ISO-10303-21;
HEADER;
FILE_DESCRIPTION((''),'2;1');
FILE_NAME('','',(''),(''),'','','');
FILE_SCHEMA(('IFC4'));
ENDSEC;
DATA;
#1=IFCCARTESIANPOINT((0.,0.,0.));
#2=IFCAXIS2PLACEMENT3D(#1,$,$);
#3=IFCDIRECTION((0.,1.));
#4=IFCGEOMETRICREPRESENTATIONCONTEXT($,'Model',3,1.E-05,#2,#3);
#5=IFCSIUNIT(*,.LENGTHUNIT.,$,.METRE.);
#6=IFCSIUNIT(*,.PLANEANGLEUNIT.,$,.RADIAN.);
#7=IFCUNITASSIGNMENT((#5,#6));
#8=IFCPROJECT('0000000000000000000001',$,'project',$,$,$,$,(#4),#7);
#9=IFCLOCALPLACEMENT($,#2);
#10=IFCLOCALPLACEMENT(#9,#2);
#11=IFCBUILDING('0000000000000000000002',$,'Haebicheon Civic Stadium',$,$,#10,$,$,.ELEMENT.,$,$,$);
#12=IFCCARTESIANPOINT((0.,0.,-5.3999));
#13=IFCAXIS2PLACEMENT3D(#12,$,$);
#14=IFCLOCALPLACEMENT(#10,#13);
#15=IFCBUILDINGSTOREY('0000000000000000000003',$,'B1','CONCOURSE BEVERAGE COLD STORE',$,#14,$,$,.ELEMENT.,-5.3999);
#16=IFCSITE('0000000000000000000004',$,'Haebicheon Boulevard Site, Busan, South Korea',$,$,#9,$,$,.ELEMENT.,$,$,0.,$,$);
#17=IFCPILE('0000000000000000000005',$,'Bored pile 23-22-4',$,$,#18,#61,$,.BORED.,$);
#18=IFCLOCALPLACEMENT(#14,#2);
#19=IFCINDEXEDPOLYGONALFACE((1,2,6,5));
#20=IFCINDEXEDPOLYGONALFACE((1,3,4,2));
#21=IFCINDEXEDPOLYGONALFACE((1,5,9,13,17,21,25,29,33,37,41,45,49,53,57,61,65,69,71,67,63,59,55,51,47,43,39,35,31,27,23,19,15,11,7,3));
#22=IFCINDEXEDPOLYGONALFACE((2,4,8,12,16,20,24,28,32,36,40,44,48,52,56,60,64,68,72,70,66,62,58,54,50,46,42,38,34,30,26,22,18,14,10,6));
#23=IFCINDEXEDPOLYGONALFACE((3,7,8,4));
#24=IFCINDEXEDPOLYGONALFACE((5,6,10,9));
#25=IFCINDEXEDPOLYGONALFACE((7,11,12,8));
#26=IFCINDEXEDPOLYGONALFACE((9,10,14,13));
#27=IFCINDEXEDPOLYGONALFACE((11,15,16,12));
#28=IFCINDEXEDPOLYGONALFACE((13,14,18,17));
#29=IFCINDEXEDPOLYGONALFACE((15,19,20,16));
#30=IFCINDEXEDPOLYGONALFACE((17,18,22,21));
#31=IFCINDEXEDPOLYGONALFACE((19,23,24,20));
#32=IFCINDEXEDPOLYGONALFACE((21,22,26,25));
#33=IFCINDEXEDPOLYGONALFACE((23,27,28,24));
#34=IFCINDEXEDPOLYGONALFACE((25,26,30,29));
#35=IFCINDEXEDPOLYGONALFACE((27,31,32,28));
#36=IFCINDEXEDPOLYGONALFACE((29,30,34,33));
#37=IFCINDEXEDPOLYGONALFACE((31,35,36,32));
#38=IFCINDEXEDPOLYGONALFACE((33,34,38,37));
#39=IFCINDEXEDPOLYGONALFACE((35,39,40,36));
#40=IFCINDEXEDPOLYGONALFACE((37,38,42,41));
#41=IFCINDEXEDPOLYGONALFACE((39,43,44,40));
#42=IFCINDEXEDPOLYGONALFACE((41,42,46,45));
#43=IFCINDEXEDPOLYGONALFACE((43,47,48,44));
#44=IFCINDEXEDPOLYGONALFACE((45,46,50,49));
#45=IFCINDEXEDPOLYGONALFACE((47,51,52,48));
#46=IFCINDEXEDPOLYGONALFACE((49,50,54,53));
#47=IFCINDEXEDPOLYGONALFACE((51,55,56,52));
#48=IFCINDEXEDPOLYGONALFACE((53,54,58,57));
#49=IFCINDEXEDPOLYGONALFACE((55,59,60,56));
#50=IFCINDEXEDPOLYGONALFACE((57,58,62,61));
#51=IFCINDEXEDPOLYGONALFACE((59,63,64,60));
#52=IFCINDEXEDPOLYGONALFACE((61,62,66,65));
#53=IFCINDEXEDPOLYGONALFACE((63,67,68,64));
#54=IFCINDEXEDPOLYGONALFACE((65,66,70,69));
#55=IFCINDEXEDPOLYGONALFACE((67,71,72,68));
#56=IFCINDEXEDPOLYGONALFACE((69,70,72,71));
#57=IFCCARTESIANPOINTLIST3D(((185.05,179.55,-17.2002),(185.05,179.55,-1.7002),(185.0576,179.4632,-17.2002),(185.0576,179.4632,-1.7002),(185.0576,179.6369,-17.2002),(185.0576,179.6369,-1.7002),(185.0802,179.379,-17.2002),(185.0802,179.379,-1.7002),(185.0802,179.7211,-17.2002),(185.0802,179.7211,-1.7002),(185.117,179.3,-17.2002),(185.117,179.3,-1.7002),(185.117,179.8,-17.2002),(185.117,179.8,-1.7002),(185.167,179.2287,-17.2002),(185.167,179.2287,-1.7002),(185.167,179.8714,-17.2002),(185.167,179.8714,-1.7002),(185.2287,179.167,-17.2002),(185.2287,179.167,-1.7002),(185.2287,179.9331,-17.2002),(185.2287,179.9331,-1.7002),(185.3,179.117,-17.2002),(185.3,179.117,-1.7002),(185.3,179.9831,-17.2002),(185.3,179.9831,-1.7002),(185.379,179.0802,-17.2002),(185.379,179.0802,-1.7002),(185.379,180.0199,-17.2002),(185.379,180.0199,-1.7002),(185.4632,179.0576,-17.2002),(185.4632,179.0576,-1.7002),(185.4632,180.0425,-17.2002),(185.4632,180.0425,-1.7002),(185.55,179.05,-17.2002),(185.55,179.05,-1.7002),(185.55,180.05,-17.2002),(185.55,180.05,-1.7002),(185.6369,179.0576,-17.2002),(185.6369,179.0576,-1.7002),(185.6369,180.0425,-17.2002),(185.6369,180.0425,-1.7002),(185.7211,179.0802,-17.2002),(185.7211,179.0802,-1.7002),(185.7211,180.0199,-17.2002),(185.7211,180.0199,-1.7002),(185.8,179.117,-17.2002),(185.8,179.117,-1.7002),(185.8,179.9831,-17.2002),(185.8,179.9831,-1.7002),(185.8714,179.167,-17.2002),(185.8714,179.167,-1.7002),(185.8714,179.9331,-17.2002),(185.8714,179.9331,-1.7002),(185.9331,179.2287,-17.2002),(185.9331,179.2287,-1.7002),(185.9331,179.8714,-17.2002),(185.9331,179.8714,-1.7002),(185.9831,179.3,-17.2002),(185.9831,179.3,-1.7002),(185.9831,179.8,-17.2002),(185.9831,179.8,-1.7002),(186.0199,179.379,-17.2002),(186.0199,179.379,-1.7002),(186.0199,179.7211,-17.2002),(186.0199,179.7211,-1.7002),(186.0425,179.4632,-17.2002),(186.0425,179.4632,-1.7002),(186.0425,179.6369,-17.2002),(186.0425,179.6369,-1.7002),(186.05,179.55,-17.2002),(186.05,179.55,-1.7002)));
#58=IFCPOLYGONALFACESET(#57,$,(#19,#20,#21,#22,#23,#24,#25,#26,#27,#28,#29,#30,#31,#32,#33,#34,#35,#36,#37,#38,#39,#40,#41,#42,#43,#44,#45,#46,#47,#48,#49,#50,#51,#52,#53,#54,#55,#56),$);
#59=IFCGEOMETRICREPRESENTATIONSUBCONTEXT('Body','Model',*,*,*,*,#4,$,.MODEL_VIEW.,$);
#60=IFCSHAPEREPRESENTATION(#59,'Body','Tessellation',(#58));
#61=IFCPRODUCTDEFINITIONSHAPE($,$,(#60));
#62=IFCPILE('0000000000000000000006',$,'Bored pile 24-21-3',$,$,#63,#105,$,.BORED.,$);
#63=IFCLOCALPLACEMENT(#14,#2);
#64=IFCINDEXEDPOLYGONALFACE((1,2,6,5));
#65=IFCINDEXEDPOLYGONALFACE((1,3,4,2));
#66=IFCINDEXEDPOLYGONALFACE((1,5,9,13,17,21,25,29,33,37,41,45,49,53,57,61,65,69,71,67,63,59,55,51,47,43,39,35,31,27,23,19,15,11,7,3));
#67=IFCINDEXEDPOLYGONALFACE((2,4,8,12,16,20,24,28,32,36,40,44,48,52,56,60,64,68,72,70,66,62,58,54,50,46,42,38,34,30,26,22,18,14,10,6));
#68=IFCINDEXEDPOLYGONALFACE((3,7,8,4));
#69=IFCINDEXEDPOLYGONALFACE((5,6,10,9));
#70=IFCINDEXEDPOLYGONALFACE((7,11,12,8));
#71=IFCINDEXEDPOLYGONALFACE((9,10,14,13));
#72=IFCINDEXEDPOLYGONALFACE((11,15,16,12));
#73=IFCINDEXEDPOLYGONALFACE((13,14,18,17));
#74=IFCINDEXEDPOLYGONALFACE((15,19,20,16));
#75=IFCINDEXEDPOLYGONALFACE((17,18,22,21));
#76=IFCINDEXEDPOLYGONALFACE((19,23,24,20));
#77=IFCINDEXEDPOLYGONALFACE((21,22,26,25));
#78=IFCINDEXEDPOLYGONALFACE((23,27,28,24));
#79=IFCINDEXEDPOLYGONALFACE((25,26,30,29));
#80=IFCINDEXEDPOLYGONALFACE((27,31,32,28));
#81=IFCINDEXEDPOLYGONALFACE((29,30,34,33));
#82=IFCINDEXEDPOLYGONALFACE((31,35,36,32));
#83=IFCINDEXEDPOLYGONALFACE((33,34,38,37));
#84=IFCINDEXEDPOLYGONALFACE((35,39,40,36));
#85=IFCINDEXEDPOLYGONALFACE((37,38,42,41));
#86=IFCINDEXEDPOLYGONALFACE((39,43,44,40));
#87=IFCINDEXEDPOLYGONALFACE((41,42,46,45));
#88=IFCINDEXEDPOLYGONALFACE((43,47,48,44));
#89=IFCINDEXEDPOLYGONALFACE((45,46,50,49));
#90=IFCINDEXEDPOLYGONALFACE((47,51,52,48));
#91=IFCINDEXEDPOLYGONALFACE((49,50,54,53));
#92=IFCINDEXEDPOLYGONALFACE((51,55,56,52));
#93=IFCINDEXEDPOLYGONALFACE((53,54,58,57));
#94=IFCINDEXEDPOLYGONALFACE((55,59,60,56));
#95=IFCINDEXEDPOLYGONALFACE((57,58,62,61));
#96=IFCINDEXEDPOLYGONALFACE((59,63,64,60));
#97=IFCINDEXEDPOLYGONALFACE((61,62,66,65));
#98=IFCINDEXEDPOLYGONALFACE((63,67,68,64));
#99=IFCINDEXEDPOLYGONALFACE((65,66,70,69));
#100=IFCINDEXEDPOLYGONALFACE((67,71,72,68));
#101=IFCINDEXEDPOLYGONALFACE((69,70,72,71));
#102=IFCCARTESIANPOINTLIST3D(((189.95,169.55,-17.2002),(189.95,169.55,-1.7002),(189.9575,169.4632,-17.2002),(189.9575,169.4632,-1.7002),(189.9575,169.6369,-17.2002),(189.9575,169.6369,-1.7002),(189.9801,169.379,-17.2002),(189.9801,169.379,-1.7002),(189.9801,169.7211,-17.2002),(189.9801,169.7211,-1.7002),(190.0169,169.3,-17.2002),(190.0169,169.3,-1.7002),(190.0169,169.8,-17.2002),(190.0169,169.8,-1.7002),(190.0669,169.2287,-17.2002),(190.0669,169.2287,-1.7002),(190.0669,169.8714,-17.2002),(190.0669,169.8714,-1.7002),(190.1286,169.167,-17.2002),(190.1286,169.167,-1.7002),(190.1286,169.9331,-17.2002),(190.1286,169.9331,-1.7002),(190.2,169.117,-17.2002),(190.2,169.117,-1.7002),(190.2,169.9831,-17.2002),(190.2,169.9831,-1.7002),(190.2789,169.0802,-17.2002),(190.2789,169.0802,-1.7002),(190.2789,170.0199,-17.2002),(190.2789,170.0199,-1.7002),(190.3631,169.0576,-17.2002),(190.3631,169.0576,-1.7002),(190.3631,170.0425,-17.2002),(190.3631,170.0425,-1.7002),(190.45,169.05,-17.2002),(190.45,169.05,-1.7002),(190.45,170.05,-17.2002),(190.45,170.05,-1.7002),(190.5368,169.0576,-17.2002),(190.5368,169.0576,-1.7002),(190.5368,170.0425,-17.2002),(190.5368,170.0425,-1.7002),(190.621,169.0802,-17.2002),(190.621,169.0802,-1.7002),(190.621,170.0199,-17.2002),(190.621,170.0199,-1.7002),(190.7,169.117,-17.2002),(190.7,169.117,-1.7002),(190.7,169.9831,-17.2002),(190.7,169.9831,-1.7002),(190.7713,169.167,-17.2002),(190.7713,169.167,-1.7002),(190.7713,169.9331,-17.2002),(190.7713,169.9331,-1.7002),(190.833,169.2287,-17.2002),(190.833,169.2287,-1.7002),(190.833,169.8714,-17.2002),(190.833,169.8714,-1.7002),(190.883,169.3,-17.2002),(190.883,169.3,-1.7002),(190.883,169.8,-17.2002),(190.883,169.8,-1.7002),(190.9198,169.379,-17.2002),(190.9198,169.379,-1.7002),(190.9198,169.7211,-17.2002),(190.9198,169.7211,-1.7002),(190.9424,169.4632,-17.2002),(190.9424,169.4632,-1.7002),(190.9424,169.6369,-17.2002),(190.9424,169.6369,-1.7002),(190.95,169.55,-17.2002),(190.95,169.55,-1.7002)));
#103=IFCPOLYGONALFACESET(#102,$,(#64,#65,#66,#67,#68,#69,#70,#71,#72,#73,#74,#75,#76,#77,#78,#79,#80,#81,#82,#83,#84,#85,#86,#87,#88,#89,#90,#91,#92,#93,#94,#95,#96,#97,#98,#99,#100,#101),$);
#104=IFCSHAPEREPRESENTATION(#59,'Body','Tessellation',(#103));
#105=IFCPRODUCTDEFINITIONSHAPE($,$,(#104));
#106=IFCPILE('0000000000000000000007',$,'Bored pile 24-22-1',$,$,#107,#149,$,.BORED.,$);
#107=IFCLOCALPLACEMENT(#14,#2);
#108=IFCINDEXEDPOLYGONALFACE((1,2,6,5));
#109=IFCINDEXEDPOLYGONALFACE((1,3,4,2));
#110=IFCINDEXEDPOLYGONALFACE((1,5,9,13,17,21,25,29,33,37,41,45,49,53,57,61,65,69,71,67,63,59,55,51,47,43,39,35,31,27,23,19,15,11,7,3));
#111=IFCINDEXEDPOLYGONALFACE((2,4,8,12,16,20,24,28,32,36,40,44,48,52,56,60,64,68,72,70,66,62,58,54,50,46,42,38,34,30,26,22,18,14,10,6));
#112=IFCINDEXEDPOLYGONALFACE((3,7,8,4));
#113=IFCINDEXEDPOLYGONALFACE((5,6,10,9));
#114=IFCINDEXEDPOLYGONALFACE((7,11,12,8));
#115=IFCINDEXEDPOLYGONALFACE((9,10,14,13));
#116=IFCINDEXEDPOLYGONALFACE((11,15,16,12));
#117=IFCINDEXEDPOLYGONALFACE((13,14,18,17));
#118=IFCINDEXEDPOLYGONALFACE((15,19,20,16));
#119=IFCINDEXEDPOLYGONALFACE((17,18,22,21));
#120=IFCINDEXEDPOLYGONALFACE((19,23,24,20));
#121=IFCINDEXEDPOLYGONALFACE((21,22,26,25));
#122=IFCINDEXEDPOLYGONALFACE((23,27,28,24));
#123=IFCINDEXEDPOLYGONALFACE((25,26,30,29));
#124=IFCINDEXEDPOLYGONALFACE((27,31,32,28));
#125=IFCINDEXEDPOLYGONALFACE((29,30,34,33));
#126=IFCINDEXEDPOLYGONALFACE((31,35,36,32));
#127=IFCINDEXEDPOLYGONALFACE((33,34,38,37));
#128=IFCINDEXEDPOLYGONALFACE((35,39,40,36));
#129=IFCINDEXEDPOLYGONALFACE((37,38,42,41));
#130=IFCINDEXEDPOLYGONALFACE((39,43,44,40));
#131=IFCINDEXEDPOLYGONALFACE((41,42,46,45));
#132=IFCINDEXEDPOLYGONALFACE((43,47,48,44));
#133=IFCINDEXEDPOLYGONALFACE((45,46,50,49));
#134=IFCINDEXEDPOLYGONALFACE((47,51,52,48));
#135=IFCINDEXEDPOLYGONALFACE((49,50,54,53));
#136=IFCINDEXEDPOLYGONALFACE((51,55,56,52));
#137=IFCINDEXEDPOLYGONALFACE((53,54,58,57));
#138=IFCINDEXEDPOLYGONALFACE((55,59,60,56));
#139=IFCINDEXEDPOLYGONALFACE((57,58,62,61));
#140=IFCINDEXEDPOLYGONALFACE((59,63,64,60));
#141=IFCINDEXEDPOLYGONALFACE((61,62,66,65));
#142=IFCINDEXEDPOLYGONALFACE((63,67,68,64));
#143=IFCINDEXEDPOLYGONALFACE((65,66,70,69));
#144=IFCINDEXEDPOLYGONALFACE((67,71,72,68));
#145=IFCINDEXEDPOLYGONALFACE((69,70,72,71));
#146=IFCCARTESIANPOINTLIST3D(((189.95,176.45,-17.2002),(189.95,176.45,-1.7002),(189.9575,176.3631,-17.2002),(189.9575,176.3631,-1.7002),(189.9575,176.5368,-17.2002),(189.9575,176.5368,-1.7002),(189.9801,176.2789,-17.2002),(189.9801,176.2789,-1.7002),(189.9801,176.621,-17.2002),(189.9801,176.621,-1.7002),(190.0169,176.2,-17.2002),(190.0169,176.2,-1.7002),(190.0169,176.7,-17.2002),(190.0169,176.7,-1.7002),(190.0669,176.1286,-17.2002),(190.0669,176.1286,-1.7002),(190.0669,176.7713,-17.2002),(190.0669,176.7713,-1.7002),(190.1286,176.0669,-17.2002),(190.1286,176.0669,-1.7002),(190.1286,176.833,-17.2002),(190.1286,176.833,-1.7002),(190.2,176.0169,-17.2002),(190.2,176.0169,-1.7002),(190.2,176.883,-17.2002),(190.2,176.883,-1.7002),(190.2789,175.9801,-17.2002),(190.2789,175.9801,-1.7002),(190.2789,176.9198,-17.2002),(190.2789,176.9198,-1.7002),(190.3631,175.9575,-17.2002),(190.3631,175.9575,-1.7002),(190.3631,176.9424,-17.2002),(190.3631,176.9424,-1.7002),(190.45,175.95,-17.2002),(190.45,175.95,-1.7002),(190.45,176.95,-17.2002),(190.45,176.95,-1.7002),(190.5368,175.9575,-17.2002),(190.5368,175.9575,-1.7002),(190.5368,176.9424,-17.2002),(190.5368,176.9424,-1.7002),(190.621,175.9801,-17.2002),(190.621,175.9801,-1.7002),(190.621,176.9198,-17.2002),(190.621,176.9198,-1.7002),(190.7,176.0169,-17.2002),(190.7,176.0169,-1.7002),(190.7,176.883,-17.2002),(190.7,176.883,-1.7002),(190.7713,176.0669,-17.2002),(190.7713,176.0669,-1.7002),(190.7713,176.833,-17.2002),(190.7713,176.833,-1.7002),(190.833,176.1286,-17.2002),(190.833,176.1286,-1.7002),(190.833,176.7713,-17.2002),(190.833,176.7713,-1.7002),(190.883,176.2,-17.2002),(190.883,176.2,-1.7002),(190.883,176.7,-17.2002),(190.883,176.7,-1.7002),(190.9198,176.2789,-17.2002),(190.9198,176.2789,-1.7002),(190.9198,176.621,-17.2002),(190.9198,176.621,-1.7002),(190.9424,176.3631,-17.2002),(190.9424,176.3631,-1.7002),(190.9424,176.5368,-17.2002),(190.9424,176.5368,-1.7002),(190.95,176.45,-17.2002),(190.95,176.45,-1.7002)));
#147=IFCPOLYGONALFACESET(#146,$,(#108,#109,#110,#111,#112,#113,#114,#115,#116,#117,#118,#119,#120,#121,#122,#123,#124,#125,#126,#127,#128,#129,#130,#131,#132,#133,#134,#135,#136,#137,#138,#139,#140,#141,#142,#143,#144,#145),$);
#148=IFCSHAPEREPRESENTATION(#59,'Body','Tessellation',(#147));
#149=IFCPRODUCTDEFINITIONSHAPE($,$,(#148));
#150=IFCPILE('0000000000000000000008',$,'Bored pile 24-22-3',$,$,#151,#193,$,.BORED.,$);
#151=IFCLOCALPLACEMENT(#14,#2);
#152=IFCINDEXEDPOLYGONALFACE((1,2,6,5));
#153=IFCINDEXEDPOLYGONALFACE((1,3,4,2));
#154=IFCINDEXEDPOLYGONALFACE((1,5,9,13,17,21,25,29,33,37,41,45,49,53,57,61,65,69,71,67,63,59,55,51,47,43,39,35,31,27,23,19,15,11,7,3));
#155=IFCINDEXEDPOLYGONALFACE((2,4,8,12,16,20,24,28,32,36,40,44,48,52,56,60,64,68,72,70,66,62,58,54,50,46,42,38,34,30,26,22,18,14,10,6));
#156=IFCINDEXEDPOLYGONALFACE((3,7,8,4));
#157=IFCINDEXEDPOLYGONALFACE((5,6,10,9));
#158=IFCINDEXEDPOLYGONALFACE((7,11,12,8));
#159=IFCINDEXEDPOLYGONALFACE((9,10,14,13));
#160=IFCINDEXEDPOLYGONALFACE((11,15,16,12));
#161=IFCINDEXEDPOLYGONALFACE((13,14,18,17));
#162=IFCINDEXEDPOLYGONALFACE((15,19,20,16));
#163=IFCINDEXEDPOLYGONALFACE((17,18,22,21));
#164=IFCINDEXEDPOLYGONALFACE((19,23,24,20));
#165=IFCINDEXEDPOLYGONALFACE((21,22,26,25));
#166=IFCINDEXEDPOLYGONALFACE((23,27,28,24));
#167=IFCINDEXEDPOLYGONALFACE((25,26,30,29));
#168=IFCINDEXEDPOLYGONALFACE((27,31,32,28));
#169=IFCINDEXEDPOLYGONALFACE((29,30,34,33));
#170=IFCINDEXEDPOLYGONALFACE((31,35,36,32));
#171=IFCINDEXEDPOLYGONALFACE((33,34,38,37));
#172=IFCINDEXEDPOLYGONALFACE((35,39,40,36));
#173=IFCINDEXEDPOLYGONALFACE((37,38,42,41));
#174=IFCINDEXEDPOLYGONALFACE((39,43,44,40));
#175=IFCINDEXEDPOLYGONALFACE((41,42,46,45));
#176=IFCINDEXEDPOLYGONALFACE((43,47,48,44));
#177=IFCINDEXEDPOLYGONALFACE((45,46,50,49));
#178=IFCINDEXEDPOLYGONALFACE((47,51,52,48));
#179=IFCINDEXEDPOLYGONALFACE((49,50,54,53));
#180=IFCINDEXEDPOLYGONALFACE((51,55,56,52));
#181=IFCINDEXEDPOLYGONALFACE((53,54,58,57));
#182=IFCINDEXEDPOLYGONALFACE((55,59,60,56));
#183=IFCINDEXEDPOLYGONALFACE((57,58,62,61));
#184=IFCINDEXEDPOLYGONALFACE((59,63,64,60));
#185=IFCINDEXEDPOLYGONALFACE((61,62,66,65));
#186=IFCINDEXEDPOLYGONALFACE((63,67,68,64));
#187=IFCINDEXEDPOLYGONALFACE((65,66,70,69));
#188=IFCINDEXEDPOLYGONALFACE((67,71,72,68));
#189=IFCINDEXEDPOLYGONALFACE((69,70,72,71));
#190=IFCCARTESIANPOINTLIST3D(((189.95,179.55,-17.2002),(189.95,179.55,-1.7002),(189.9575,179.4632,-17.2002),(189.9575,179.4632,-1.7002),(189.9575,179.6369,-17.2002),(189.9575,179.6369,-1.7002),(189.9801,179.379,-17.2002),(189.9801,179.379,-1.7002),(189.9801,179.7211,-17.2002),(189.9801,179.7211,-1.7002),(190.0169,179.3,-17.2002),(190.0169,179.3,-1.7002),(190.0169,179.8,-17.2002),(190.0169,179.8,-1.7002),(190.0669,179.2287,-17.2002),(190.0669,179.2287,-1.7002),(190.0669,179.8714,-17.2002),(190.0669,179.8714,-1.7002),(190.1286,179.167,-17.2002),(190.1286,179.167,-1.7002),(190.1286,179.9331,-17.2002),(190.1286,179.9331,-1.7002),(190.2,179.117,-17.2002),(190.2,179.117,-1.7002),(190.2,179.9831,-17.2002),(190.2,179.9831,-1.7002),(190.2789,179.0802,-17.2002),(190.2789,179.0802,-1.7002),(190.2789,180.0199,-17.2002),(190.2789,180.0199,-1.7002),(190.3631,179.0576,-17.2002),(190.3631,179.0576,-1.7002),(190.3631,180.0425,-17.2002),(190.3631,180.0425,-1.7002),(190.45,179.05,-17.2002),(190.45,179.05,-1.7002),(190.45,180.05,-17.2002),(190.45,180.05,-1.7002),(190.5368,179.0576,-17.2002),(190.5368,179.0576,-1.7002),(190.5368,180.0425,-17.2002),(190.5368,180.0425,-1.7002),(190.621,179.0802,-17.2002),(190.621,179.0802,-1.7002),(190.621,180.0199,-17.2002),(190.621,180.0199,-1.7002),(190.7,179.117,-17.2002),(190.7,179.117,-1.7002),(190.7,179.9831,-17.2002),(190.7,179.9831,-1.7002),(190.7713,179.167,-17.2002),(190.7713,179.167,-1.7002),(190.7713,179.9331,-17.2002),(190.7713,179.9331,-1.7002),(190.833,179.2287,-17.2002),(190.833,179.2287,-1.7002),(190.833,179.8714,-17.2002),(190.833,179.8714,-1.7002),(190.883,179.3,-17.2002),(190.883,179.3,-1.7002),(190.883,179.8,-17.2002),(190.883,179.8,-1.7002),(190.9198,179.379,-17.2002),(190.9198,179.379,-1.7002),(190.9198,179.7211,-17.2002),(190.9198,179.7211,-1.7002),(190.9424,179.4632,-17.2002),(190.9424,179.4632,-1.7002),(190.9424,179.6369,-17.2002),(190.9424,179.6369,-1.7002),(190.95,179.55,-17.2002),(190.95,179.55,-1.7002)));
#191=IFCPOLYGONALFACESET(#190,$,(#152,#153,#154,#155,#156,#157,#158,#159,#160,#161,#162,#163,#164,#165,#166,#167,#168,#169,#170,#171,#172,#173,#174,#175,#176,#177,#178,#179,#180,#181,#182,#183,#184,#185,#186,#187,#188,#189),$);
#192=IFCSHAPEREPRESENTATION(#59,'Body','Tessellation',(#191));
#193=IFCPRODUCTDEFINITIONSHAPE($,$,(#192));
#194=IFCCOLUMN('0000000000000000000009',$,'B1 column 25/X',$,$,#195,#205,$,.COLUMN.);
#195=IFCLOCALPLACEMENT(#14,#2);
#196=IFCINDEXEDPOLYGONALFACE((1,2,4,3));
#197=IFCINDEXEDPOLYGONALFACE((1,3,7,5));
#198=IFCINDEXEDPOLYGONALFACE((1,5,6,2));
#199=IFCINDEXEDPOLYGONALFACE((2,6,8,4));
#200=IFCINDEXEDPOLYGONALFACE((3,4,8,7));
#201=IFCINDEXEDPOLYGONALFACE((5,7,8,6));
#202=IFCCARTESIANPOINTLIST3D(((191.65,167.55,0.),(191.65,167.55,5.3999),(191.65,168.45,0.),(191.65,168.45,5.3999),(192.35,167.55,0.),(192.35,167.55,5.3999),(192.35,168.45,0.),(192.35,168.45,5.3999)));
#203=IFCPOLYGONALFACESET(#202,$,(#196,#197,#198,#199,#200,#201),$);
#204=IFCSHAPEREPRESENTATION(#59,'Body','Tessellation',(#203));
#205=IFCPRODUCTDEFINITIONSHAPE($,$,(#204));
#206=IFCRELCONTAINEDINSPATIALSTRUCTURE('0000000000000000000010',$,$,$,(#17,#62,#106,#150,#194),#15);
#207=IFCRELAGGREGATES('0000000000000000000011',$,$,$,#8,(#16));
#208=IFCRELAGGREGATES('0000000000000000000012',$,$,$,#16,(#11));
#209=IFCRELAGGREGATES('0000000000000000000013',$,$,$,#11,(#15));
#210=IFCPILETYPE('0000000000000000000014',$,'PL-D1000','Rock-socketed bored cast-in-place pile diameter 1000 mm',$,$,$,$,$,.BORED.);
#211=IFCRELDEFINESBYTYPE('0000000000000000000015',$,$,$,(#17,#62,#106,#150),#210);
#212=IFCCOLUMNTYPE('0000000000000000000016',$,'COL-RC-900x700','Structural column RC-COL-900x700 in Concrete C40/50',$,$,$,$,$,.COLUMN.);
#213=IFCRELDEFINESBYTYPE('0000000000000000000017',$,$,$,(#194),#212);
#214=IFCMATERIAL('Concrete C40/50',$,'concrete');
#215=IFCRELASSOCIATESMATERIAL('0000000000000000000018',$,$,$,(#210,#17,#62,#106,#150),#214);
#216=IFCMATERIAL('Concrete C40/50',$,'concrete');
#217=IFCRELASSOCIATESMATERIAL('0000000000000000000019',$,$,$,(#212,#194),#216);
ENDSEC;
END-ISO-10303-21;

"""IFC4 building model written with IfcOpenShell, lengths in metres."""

from ifc_helpers import new_model, si_unit, direction, frame, origin, origin_2d, place, context, subcontext, project, spatial, rectangle, circle, extrude, material, material_profile, profile_set, type_object, element, save


model = new_model("IFC4")

# Units and contexts
model_context = context("Model", 3, precision=1e-05, world=origin(), true_north=direction((0.0, 1.0)))
body_context = subcontext(model_context, "Body", "Model", "MODEL_VIEW")
ifc_project = project(units=[si_unit("LENGTHUNIT", "METRE"), si_unit("PLANEANGLEUNIT", "RADIAN")], contexts=[model_context])

# Site, building, storey
site_placement = place(None, origin())
site = spatial("IfcSite", under=ifc_project, at=site_placement, Name="Haebicheon Boulevard Site, Busan, South Korea", CompositionType="ELEMENT", RefElevation=0.0)
building_placement = place(site_placement, origin())
building = spatial("IfcBuilding", under=site, at=building_placement, Name="Haebicheon Civic Stadium", CompositionType="ELEMENT")
storey_placement = place(building_placement, frame((0.0, 0.0, -5.3999)))
storey = spatial("IfcBuildingStorey", under=building, at=storey_placement, Name="B1", Description="CONCOURSE BEVERAGE COLD STORE", CompositionType="ELEMENT", Elevation=-5.3999)

# Piles
ifc_material_1 = material(Name="Concrete C40/50", Category="concrete")
ifc_material_profile_1 = material_profile(ifc_material_1, circle(Radius=0.5, at=origin_2d()), Name="PILE-D1000")
ifc_profile_set_1 = profile_set([ifc_material_profile_1], Name="Concrete C40/50")
pile_type = type_object("IfcPileType", Name="PL-D1000", Description="Rock-socketed bored cast-in-place pile diameter 1000 mm", PredefinedType="BORED", material=ifc_profile_set_1)
for number, where, z_axis, x_axis, name in (
    (1, (185.55, 179.55, -1.7002), (0.0, 0.0, -1.0), (1.0, 0.0, 0.0), "Bored pile 23-22-4"),
    (2, (190.45, 169.55, -1.7002), (0.0, 0.0, -1.0), (1.0, 0.0, 0.0), "Bored pile 24-21-3"),
    (3, (190.45, 176.45, -1.7002), (0.0, 0.0, -1.0), (1.0, 0.0, 0.0), "Bored pile 24-22-1"),
    (4, (190.45, 179.55, -1.7002), (0.0, 0.0, -1.0), (1.0, 0.0, 0.0), "Bored pile 24-22-3"),
):
    element("IfcPile", number, at=place(storey_placement, frame(where, z_axis=z_axis, x_axis=x_axis)), inside=storey, type_object=pile_type, material=ifc_profile_set_1, Name=name, PredefinedType="BORED", context=body_context, shape_type="SweptSolid", body=[
        extrude(circle(Radius=0.5, at=origin_2d()), origin(), (0.0, 0.0, 1.0), 15.5),
    ])

# Column
ifc_material_2 = material(Name="Concrete C40/50", Category="concrete")
ifc_material_profile_2 = material_profile(ifc_material_2, rectangle(XDim=0.7, YDim=0.8999, at=origin_2d()), Name="RC-COL-900x700")
ifc_profile_set_2 = profile_set([ifc_material_profile_2], Name="Concrete C40/50")
column_type = type_object("IfcColumnType", Name="COL-RC-900x700", Description="Structural column RC-COL-900x700 in Concrete C40/50", PredefinedType="COLUMN", material=ifc_profile_set_2)
for number, where, z_axis, x_axis, name in (
    (5, (192.0, 168.0, 0.0), (0.0, 0.0, 1.0), (1.0, 0.0, 0.0), "B1 column 25/X"),
):
    element("IfcColumn", number, at=place(storey_placement, frame(where, z_axis=z_axis, x_axis=x_axis)), inside=storey, type_object=column_type, material=ifc_profile_set_2, Name=name, PredefinedType="COLUMN", context=body_context, shape_type="SweptSolid", body=[
        extrude(rectangle(XDim=0.7, YDim=0.8999, at=origin_2d()), origin(), (0.0, 0.0, 1.0), 5.3999),
    ])

save(model, "model.ifc")
